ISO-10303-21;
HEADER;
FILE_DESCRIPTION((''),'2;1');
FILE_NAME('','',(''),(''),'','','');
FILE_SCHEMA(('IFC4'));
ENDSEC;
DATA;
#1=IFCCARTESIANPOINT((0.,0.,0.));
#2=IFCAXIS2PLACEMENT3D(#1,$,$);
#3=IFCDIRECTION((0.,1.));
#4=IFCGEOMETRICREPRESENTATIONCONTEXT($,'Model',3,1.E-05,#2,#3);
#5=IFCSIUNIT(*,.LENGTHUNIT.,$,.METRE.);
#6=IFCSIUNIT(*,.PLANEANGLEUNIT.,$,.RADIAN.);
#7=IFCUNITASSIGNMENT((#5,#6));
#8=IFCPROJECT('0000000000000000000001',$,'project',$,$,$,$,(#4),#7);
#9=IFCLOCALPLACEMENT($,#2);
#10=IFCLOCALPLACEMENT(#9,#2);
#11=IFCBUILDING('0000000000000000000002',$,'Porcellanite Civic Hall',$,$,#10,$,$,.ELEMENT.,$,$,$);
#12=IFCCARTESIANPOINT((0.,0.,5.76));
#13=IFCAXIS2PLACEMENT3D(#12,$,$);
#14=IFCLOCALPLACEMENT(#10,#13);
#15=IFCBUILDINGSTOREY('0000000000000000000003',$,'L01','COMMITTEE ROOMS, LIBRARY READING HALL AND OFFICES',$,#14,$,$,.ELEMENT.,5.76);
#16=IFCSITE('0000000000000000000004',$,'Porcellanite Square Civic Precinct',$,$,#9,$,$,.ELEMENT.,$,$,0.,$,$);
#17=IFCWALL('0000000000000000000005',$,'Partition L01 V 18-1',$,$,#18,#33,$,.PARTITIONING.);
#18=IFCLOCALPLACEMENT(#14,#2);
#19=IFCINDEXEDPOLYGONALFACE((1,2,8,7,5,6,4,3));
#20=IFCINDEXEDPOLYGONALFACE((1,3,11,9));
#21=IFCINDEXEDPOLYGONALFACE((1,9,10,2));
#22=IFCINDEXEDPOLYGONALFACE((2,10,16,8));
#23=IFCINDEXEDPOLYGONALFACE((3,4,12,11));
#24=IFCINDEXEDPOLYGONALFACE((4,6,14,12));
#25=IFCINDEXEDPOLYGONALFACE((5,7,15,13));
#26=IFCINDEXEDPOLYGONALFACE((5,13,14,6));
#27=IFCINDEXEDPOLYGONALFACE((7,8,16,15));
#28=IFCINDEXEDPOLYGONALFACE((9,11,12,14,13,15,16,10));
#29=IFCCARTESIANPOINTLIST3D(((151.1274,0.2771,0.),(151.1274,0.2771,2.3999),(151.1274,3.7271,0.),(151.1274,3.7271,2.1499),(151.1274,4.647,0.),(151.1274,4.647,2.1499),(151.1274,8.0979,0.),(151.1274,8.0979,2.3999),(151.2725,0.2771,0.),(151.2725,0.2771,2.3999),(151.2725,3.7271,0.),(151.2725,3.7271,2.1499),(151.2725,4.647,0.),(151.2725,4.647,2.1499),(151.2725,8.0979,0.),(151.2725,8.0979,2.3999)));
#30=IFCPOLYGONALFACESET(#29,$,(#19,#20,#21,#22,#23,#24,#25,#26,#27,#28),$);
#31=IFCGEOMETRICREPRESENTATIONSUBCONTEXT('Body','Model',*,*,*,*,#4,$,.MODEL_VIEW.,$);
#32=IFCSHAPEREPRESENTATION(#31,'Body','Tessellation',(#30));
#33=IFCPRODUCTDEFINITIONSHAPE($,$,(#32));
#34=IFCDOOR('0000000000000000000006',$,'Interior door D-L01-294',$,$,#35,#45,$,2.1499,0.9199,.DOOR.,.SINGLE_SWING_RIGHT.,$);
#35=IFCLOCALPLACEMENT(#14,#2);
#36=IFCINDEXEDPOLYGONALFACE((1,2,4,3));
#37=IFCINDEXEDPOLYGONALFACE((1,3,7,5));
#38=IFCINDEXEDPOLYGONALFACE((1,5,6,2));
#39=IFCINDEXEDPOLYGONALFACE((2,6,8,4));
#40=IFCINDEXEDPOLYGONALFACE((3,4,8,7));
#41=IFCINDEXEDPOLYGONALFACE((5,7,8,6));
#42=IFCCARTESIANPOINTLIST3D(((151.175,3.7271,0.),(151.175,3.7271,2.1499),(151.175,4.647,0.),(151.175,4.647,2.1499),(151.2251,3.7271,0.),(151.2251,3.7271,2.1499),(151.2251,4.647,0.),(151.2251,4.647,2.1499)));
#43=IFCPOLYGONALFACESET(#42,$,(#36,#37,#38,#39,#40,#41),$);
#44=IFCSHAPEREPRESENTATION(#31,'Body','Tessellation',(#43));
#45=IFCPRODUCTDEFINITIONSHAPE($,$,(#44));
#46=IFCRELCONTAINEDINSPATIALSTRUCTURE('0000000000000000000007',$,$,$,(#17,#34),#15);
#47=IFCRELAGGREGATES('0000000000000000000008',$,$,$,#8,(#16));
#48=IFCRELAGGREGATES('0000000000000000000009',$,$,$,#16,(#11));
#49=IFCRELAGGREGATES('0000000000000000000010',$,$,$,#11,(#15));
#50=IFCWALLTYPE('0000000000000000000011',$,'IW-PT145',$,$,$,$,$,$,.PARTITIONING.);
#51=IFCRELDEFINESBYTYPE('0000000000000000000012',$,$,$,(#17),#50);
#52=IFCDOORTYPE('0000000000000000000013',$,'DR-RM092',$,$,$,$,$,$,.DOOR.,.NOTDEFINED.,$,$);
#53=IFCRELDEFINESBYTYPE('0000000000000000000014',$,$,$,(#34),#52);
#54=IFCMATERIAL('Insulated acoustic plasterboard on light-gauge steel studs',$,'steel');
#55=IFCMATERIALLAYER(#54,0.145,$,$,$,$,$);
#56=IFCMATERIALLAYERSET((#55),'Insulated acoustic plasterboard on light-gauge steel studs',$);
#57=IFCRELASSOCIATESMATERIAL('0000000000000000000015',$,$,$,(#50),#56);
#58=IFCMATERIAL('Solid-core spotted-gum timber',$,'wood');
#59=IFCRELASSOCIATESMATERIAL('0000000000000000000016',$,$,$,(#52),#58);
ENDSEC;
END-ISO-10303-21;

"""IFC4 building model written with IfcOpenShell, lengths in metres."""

from ifc_helpers import new_model, si_unit, direction, frame, frame_2d, origin, place, context, subcontext, project, spatial, rectangle, extrude, material, layer, layer_set, type_object, element, fill, save


model = new_model("IFC4")

# Units and contexts
model_context = context("Model", 3, precision=1e-05, world=origin(), true_north=direction((0.0, 1.0)))
body_context = subcontext(model_context, "Body", "Model", "MODEL_VIEW")
ifc_project = project(units=[si_unit("LENGTHUNIT", "METRE"), si_unit("PLANEANGLEUNIT", "RADIAN")], contexts=[model_context])

# Site, building, storey
site_placement = place(None, origin())
site = spatial("IfcSite", under=ifc_project, at=site_placement, Name="Porcellanite Square Civic Precinct", CompositionType="ELEMENT", RefElevation=0.0)
building_placement = place(site_placement, origin())
building = spatial("IfcBuilding", under=site, at=building_placement, Name="Porcellanite Civic Hall", CompositionType="ELEMENT")
storey_placement = place(building_placement, frame((0.0, 0.0, 5.76)))
storey = spatial("IfcBuildingStorey", under=building, at=storey_placement, Name="L01", Description="COMMITTEE ROOMS, LIBRARY READING HALL AND OFFICES", CompositionType="ELEMENT", Elevation=5.76)

# Wall, opening, door
ifc_material_1 = material(Name="Insulated acoustic plasterboard on light-gauge steel studs", Category="steel")
ifc_layer_1 = layer(ifc_material_1, 0.145)
ifc_layer_set_1 = layer_set([ifc_layer_1], Name="Insulated acoustic plasterboard on light-gauge steel studs")
wall_type_1 = type_object("IfcWallType", Name="IW-PT145", PredefinedType="PARTITIONING", material=ifc_layer_set_1)
wall_1_placement = place(storey_placement, frame((151.2, 0.2771, 0.0), z_axis=(0.0, 0.0, 1.0), x_axis=(0.0, 1.0, 0.0)))
wall_1 = element("IfcWall", 1, at=wall_1_placement, inside=storey, type_object=wall_type_1, Name="Partition L01 V 18-1", PredefinedType="PARTITIONING", context=body_context, shape_type="SweptSolid", body=[
    extrude(rectangle(XDim=7.8208, YDim=0.145, at=frame_2d((3.9104, 0.0))), origin(), (0.0, 0.0, 1.0), 2.3999),
])
opening_1_placement = place(wall_1_placement, frame((3.45, 0.0, 0.0)))
opening_1 = element("IfcOpeningElement", 2, at=opening_1_placement, cuts=wall_1, PredefinedType="OPENING", context=body_context, shape_type="SweptSolid", body=[
    extrude(rectangle(XDim=0.9199, YDim=2.1499, at=frame_2d((0.46, 1.075))), frame((0.0, 0.0725, 0.0), z_axis=(0.0, -1.0, 0.0), x_axis=(1.0, 0.0, 0.0)), (0.0, 0.0, 1.0), 0.145),
])
ifc_material_2 = material(Name="Solid-core spotted-gum timber", Category="wood")
door_type_1 = type_object("IfcDoorType", Name="DR-RM092", OperationType="NOTDEFINED", PredefinedType="DOOR", material=ifc_material_2)
door_1_placement = place(opening_1_placement, origin())
door_1 = element("IfcDoor", 3, at=door_1_placement, inside=storey, type_object=door_type_1, Name="Interior door D-L01-294", OperationType="SINGLE_SWING_RIGHT", OverallHeight=2.1499, OverallWidth=0.9199, PredefinedType="DOOR", context=body_context, shape_type="SweptSolid", body=[
    extrude(rectangle(XDim=0.9199, YDim=2.1499, at=frame_2d((0.46, 1.075))), frame((0.0, 0.0249, 0.0), z_axis=(0.0, -1.0, 0.0), x_axis=(1.0, 0.0, 0.0)), (0.0, 0.0, 1.0), 0.05),
])
fill(opening_1, door_1)

save(model, "model.ifc")
